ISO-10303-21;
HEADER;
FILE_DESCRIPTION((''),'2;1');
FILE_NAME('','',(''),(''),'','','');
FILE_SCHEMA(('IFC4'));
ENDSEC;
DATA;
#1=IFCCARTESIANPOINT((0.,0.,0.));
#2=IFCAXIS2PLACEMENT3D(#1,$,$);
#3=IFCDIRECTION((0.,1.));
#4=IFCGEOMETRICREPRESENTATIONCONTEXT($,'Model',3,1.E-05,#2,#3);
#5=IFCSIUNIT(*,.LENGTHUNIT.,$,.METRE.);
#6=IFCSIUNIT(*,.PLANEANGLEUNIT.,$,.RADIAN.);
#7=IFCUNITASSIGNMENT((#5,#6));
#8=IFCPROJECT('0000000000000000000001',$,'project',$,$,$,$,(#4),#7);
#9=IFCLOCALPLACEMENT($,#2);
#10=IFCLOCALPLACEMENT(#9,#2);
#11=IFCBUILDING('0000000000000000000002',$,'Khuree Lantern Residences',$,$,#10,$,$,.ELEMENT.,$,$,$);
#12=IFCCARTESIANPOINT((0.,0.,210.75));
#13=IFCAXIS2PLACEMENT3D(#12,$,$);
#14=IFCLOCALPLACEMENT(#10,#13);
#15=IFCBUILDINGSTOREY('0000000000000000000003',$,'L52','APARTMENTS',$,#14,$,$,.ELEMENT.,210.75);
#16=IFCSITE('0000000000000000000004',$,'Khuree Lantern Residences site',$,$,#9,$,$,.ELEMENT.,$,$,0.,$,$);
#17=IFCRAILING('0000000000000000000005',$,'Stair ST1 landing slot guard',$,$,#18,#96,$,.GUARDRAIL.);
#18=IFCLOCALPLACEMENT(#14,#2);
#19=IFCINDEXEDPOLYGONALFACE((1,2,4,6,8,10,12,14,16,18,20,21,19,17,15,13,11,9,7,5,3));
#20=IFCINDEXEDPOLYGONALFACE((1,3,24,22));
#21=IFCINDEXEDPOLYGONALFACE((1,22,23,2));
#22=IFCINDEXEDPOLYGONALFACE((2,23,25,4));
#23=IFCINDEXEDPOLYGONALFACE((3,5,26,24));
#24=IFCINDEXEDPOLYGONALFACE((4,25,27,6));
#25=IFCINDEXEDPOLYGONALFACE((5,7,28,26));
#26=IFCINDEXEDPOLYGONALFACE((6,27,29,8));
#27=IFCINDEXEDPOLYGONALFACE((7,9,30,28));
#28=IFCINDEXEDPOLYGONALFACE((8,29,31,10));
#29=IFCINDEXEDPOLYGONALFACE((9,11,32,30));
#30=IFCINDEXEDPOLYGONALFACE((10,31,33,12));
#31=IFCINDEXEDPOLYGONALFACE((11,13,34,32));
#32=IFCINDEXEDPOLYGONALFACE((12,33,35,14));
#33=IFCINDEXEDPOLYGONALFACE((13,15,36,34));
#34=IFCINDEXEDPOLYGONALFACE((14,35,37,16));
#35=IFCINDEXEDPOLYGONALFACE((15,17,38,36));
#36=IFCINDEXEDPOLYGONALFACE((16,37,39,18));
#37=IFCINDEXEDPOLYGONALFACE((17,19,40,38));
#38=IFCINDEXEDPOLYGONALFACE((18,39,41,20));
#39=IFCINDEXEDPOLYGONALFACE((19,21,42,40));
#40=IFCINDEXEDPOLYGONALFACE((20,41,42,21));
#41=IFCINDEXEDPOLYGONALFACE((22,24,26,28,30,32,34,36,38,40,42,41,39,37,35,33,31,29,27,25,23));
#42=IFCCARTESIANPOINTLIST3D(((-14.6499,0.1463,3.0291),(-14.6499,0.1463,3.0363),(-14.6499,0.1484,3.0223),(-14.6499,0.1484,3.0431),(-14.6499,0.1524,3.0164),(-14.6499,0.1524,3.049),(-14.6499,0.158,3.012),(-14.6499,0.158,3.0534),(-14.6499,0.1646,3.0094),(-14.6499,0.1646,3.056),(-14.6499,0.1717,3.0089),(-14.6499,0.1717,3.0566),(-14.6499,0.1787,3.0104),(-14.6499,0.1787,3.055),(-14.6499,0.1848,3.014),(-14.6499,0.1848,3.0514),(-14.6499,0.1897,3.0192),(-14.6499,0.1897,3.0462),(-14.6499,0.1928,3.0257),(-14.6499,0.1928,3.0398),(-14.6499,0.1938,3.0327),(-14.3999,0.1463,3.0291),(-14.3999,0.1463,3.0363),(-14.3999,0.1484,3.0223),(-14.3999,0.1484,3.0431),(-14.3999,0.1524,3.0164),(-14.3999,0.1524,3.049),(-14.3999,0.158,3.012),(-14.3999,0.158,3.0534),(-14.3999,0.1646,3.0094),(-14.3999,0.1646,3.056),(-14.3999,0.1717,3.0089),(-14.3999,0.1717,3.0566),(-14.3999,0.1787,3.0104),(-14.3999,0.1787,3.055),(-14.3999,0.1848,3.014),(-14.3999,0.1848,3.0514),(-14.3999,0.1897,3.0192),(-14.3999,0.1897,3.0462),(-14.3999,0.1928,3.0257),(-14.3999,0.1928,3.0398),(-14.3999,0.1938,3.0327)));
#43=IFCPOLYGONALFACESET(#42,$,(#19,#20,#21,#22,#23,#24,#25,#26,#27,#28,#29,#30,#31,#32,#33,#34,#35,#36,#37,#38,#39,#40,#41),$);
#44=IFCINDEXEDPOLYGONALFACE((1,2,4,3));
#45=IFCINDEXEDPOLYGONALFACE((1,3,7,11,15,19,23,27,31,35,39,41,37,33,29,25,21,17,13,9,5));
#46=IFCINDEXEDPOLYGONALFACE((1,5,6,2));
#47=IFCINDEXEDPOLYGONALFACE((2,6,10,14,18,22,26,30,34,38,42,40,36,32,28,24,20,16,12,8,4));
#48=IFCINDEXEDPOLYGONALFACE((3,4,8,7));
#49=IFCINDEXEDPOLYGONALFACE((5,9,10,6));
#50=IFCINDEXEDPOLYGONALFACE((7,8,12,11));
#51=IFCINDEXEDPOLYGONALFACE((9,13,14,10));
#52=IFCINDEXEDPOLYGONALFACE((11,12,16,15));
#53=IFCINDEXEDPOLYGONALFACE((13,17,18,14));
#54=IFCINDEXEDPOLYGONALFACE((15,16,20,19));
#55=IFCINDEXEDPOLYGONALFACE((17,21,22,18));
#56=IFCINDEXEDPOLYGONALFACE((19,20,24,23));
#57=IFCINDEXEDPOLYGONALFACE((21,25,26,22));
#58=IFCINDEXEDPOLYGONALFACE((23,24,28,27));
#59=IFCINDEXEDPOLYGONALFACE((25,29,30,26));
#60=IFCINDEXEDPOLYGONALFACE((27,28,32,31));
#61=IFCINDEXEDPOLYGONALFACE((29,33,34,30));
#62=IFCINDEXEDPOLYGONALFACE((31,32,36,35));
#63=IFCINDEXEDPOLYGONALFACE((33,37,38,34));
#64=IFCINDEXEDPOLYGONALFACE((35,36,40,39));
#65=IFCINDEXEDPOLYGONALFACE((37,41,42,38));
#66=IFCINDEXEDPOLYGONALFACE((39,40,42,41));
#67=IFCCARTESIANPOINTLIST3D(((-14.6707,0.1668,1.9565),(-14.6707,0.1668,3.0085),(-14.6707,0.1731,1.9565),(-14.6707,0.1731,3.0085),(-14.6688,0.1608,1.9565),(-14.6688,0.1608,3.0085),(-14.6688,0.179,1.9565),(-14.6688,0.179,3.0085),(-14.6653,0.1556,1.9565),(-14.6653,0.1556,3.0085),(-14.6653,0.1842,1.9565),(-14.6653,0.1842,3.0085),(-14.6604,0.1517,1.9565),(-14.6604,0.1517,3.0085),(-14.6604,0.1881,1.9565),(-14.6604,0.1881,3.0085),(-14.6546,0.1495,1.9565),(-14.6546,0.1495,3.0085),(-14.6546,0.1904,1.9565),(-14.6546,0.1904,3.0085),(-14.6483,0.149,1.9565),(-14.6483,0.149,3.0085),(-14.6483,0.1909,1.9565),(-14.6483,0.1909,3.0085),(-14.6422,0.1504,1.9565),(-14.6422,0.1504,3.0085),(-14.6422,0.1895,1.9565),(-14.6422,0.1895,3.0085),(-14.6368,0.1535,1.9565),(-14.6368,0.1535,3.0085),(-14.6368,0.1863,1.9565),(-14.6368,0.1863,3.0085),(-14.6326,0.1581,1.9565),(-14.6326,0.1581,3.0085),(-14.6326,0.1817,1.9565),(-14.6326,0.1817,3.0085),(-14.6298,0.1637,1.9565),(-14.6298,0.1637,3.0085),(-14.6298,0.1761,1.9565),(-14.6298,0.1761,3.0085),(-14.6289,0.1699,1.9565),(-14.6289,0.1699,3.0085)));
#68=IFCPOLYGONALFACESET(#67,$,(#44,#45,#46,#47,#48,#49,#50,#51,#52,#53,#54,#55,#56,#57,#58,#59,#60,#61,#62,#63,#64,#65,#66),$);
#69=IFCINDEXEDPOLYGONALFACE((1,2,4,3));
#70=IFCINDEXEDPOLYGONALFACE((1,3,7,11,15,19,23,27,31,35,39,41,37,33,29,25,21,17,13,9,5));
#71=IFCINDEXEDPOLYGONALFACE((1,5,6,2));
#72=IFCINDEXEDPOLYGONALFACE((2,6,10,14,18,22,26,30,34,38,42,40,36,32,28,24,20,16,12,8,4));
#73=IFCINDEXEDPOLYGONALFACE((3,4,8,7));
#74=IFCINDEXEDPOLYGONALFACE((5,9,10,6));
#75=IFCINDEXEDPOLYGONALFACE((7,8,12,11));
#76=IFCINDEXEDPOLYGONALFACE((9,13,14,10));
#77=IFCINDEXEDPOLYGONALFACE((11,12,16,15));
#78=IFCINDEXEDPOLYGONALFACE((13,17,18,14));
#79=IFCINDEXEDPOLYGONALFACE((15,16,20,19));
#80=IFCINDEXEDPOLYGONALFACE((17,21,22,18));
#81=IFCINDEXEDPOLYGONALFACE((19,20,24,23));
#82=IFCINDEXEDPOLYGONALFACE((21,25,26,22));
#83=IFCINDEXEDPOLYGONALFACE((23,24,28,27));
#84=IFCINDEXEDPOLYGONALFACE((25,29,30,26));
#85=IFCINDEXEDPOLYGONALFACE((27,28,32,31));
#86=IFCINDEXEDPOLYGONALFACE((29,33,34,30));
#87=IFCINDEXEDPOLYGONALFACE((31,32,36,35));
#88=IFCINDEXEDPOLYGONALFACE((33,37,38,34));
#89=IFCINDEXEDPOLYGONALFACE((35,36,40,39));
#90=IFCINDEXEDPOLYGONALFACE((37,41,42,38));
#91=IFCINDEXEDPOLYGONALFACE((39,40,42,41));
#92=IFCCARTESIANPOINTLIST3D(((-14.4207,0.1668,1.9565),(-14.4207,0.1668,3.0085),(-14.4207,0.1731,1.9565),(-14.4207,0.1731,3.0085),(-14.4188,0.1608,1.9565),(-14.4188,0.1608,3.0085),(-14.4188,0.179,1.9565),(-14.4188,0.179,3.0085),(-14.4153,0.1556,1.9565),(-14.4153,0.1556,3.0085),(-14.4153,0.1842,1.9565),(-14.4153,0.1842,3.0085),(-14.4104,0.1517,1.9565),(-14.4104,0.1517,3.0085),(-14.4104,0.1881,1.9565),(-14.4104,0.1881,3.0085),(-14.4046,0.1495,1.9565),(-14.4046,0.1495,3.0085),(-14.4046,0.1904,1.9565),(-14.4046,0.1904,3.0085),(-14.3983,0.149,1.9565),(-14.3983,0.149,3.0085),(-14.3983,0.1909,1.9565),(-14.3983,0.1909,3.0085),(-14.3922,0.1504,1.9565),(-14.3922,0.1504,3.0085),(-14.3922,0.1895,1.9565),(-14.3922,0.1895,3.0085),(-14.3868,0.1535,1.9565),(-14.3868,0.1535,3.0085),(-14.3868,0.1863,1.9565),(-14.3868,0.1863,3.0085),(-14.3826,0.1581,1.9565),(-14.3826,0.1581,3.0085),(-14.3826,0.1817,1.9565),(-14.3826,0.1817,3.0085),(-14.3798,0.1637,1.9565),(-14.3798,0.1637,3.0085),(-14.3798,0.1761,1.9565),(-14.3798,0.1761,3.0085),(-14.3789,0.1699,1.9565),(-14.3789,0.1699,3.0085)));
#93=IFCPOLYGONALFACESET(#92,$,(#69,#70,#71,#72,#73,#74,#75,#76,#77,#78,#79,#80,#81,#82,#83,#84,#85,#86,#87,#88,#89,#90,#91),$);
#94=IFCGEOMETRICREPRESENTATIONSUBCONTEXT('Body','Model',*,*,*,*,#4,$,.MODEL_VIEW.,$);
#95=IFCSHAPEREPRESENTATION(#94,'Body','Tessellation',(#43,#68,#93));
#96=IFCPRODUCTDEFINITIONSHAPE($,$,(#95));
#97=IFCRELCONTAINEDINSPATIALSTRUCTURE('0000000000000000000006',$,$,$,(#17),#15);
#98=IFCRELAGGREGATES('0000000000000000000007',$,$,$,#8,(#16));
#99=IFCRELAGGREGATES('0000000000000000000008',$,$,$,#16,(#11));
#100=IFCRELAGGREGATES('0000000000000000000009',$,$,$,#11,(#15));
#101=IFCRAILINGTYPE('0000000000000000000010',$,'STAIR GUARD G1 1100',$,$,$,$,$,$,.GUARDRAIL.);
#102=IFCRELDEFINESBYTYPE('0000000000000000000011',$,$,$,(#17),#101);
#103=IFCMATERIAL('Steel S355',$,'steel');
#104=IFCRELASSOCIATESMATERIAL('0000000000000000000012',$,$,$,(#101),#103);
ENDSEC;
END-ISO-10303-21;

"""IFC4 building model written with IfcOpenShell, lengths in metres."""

from ifc_helpers import new_model, si_unit, direction, frame, origin, origin_2d, place, context, subcontext, project, spatial, circle, extrude, material, type_object, element, save


model = new_model("IFC4")

# Units and contexts
model_context = context("Model", 3, precision=1e-05, world=origin(), true_north=direction((0.0, 1.0)))
body_context = subcontext(model_context, "Body", "Model", "MODEL_VIEW")
ifc_project = project(units=[si_unit("LENGTHUNIT", "METRE"), si_unit("PLANEANGLEUNIT", "RADIAN")], contexts=[model_context])

# Site, building, storey
site_placement = place(None, origin())
site = spatial("IfcSite", under=ifc_project, at=site_placement, Name="Khuree Lantern Residences site", CompositionType="ELEMENT", RefElevation=0.0)
building_placement = place(site_placement, origin())
building = spatial("IfcBuilding", under=site, at=building_placement, Name="Khuree Lantern Residences", CompositionType="ELEMENT")
storey_placement = place(building_placement, frame((0.0, 0.0, 210.75)))
storey = spatial("IfcBuildingStorey", under=building, at=storey_placement, Name="L52", Description="APARTMENTS", CompositionType="ELEMENT", Elevation=210.75)

# Railing
ifc_material_1 = material(Name="Steel S355", Category="steel")
railing_type = type_object("IfcRailingType", Name="STAIR GUARD G1 1100", PredefinedType="GUARDRAIL", material=ifc_material_1)
railing_placement = place(storey_placement, frame((-14.6499, 0.1699, 1.9565)))
element("IfcRailing", 1, at=railing_placement, inside=storey, type_object=railing_type, Name="Stair ST1 landing slot guard", PredefinedType="GUARDRAIL", context=body_context, shape_type="SweptSolid", body=[
    extrude(circle(Radius=0.0239, at=origin_2d()), frame((0.0, 0.0, 1.0762), z_axis=(1.0, 0.0, 0.0), x_axis=(0.0, 1.0, 0.0)), (0.0, 0.0, 1.0), 0.25),
    extrude(circle(Radius=0.021, at=origin_2d()), origin(), (0.0, 0.0, 1.0), 1.052),
    extrude(circle(Radius=0.021, at=origin_2d()), frame((0.25, 0.0, 0.0)), (0.0, 0.0, 1.0), 1.052),
])

save(model, "model.ifc")
